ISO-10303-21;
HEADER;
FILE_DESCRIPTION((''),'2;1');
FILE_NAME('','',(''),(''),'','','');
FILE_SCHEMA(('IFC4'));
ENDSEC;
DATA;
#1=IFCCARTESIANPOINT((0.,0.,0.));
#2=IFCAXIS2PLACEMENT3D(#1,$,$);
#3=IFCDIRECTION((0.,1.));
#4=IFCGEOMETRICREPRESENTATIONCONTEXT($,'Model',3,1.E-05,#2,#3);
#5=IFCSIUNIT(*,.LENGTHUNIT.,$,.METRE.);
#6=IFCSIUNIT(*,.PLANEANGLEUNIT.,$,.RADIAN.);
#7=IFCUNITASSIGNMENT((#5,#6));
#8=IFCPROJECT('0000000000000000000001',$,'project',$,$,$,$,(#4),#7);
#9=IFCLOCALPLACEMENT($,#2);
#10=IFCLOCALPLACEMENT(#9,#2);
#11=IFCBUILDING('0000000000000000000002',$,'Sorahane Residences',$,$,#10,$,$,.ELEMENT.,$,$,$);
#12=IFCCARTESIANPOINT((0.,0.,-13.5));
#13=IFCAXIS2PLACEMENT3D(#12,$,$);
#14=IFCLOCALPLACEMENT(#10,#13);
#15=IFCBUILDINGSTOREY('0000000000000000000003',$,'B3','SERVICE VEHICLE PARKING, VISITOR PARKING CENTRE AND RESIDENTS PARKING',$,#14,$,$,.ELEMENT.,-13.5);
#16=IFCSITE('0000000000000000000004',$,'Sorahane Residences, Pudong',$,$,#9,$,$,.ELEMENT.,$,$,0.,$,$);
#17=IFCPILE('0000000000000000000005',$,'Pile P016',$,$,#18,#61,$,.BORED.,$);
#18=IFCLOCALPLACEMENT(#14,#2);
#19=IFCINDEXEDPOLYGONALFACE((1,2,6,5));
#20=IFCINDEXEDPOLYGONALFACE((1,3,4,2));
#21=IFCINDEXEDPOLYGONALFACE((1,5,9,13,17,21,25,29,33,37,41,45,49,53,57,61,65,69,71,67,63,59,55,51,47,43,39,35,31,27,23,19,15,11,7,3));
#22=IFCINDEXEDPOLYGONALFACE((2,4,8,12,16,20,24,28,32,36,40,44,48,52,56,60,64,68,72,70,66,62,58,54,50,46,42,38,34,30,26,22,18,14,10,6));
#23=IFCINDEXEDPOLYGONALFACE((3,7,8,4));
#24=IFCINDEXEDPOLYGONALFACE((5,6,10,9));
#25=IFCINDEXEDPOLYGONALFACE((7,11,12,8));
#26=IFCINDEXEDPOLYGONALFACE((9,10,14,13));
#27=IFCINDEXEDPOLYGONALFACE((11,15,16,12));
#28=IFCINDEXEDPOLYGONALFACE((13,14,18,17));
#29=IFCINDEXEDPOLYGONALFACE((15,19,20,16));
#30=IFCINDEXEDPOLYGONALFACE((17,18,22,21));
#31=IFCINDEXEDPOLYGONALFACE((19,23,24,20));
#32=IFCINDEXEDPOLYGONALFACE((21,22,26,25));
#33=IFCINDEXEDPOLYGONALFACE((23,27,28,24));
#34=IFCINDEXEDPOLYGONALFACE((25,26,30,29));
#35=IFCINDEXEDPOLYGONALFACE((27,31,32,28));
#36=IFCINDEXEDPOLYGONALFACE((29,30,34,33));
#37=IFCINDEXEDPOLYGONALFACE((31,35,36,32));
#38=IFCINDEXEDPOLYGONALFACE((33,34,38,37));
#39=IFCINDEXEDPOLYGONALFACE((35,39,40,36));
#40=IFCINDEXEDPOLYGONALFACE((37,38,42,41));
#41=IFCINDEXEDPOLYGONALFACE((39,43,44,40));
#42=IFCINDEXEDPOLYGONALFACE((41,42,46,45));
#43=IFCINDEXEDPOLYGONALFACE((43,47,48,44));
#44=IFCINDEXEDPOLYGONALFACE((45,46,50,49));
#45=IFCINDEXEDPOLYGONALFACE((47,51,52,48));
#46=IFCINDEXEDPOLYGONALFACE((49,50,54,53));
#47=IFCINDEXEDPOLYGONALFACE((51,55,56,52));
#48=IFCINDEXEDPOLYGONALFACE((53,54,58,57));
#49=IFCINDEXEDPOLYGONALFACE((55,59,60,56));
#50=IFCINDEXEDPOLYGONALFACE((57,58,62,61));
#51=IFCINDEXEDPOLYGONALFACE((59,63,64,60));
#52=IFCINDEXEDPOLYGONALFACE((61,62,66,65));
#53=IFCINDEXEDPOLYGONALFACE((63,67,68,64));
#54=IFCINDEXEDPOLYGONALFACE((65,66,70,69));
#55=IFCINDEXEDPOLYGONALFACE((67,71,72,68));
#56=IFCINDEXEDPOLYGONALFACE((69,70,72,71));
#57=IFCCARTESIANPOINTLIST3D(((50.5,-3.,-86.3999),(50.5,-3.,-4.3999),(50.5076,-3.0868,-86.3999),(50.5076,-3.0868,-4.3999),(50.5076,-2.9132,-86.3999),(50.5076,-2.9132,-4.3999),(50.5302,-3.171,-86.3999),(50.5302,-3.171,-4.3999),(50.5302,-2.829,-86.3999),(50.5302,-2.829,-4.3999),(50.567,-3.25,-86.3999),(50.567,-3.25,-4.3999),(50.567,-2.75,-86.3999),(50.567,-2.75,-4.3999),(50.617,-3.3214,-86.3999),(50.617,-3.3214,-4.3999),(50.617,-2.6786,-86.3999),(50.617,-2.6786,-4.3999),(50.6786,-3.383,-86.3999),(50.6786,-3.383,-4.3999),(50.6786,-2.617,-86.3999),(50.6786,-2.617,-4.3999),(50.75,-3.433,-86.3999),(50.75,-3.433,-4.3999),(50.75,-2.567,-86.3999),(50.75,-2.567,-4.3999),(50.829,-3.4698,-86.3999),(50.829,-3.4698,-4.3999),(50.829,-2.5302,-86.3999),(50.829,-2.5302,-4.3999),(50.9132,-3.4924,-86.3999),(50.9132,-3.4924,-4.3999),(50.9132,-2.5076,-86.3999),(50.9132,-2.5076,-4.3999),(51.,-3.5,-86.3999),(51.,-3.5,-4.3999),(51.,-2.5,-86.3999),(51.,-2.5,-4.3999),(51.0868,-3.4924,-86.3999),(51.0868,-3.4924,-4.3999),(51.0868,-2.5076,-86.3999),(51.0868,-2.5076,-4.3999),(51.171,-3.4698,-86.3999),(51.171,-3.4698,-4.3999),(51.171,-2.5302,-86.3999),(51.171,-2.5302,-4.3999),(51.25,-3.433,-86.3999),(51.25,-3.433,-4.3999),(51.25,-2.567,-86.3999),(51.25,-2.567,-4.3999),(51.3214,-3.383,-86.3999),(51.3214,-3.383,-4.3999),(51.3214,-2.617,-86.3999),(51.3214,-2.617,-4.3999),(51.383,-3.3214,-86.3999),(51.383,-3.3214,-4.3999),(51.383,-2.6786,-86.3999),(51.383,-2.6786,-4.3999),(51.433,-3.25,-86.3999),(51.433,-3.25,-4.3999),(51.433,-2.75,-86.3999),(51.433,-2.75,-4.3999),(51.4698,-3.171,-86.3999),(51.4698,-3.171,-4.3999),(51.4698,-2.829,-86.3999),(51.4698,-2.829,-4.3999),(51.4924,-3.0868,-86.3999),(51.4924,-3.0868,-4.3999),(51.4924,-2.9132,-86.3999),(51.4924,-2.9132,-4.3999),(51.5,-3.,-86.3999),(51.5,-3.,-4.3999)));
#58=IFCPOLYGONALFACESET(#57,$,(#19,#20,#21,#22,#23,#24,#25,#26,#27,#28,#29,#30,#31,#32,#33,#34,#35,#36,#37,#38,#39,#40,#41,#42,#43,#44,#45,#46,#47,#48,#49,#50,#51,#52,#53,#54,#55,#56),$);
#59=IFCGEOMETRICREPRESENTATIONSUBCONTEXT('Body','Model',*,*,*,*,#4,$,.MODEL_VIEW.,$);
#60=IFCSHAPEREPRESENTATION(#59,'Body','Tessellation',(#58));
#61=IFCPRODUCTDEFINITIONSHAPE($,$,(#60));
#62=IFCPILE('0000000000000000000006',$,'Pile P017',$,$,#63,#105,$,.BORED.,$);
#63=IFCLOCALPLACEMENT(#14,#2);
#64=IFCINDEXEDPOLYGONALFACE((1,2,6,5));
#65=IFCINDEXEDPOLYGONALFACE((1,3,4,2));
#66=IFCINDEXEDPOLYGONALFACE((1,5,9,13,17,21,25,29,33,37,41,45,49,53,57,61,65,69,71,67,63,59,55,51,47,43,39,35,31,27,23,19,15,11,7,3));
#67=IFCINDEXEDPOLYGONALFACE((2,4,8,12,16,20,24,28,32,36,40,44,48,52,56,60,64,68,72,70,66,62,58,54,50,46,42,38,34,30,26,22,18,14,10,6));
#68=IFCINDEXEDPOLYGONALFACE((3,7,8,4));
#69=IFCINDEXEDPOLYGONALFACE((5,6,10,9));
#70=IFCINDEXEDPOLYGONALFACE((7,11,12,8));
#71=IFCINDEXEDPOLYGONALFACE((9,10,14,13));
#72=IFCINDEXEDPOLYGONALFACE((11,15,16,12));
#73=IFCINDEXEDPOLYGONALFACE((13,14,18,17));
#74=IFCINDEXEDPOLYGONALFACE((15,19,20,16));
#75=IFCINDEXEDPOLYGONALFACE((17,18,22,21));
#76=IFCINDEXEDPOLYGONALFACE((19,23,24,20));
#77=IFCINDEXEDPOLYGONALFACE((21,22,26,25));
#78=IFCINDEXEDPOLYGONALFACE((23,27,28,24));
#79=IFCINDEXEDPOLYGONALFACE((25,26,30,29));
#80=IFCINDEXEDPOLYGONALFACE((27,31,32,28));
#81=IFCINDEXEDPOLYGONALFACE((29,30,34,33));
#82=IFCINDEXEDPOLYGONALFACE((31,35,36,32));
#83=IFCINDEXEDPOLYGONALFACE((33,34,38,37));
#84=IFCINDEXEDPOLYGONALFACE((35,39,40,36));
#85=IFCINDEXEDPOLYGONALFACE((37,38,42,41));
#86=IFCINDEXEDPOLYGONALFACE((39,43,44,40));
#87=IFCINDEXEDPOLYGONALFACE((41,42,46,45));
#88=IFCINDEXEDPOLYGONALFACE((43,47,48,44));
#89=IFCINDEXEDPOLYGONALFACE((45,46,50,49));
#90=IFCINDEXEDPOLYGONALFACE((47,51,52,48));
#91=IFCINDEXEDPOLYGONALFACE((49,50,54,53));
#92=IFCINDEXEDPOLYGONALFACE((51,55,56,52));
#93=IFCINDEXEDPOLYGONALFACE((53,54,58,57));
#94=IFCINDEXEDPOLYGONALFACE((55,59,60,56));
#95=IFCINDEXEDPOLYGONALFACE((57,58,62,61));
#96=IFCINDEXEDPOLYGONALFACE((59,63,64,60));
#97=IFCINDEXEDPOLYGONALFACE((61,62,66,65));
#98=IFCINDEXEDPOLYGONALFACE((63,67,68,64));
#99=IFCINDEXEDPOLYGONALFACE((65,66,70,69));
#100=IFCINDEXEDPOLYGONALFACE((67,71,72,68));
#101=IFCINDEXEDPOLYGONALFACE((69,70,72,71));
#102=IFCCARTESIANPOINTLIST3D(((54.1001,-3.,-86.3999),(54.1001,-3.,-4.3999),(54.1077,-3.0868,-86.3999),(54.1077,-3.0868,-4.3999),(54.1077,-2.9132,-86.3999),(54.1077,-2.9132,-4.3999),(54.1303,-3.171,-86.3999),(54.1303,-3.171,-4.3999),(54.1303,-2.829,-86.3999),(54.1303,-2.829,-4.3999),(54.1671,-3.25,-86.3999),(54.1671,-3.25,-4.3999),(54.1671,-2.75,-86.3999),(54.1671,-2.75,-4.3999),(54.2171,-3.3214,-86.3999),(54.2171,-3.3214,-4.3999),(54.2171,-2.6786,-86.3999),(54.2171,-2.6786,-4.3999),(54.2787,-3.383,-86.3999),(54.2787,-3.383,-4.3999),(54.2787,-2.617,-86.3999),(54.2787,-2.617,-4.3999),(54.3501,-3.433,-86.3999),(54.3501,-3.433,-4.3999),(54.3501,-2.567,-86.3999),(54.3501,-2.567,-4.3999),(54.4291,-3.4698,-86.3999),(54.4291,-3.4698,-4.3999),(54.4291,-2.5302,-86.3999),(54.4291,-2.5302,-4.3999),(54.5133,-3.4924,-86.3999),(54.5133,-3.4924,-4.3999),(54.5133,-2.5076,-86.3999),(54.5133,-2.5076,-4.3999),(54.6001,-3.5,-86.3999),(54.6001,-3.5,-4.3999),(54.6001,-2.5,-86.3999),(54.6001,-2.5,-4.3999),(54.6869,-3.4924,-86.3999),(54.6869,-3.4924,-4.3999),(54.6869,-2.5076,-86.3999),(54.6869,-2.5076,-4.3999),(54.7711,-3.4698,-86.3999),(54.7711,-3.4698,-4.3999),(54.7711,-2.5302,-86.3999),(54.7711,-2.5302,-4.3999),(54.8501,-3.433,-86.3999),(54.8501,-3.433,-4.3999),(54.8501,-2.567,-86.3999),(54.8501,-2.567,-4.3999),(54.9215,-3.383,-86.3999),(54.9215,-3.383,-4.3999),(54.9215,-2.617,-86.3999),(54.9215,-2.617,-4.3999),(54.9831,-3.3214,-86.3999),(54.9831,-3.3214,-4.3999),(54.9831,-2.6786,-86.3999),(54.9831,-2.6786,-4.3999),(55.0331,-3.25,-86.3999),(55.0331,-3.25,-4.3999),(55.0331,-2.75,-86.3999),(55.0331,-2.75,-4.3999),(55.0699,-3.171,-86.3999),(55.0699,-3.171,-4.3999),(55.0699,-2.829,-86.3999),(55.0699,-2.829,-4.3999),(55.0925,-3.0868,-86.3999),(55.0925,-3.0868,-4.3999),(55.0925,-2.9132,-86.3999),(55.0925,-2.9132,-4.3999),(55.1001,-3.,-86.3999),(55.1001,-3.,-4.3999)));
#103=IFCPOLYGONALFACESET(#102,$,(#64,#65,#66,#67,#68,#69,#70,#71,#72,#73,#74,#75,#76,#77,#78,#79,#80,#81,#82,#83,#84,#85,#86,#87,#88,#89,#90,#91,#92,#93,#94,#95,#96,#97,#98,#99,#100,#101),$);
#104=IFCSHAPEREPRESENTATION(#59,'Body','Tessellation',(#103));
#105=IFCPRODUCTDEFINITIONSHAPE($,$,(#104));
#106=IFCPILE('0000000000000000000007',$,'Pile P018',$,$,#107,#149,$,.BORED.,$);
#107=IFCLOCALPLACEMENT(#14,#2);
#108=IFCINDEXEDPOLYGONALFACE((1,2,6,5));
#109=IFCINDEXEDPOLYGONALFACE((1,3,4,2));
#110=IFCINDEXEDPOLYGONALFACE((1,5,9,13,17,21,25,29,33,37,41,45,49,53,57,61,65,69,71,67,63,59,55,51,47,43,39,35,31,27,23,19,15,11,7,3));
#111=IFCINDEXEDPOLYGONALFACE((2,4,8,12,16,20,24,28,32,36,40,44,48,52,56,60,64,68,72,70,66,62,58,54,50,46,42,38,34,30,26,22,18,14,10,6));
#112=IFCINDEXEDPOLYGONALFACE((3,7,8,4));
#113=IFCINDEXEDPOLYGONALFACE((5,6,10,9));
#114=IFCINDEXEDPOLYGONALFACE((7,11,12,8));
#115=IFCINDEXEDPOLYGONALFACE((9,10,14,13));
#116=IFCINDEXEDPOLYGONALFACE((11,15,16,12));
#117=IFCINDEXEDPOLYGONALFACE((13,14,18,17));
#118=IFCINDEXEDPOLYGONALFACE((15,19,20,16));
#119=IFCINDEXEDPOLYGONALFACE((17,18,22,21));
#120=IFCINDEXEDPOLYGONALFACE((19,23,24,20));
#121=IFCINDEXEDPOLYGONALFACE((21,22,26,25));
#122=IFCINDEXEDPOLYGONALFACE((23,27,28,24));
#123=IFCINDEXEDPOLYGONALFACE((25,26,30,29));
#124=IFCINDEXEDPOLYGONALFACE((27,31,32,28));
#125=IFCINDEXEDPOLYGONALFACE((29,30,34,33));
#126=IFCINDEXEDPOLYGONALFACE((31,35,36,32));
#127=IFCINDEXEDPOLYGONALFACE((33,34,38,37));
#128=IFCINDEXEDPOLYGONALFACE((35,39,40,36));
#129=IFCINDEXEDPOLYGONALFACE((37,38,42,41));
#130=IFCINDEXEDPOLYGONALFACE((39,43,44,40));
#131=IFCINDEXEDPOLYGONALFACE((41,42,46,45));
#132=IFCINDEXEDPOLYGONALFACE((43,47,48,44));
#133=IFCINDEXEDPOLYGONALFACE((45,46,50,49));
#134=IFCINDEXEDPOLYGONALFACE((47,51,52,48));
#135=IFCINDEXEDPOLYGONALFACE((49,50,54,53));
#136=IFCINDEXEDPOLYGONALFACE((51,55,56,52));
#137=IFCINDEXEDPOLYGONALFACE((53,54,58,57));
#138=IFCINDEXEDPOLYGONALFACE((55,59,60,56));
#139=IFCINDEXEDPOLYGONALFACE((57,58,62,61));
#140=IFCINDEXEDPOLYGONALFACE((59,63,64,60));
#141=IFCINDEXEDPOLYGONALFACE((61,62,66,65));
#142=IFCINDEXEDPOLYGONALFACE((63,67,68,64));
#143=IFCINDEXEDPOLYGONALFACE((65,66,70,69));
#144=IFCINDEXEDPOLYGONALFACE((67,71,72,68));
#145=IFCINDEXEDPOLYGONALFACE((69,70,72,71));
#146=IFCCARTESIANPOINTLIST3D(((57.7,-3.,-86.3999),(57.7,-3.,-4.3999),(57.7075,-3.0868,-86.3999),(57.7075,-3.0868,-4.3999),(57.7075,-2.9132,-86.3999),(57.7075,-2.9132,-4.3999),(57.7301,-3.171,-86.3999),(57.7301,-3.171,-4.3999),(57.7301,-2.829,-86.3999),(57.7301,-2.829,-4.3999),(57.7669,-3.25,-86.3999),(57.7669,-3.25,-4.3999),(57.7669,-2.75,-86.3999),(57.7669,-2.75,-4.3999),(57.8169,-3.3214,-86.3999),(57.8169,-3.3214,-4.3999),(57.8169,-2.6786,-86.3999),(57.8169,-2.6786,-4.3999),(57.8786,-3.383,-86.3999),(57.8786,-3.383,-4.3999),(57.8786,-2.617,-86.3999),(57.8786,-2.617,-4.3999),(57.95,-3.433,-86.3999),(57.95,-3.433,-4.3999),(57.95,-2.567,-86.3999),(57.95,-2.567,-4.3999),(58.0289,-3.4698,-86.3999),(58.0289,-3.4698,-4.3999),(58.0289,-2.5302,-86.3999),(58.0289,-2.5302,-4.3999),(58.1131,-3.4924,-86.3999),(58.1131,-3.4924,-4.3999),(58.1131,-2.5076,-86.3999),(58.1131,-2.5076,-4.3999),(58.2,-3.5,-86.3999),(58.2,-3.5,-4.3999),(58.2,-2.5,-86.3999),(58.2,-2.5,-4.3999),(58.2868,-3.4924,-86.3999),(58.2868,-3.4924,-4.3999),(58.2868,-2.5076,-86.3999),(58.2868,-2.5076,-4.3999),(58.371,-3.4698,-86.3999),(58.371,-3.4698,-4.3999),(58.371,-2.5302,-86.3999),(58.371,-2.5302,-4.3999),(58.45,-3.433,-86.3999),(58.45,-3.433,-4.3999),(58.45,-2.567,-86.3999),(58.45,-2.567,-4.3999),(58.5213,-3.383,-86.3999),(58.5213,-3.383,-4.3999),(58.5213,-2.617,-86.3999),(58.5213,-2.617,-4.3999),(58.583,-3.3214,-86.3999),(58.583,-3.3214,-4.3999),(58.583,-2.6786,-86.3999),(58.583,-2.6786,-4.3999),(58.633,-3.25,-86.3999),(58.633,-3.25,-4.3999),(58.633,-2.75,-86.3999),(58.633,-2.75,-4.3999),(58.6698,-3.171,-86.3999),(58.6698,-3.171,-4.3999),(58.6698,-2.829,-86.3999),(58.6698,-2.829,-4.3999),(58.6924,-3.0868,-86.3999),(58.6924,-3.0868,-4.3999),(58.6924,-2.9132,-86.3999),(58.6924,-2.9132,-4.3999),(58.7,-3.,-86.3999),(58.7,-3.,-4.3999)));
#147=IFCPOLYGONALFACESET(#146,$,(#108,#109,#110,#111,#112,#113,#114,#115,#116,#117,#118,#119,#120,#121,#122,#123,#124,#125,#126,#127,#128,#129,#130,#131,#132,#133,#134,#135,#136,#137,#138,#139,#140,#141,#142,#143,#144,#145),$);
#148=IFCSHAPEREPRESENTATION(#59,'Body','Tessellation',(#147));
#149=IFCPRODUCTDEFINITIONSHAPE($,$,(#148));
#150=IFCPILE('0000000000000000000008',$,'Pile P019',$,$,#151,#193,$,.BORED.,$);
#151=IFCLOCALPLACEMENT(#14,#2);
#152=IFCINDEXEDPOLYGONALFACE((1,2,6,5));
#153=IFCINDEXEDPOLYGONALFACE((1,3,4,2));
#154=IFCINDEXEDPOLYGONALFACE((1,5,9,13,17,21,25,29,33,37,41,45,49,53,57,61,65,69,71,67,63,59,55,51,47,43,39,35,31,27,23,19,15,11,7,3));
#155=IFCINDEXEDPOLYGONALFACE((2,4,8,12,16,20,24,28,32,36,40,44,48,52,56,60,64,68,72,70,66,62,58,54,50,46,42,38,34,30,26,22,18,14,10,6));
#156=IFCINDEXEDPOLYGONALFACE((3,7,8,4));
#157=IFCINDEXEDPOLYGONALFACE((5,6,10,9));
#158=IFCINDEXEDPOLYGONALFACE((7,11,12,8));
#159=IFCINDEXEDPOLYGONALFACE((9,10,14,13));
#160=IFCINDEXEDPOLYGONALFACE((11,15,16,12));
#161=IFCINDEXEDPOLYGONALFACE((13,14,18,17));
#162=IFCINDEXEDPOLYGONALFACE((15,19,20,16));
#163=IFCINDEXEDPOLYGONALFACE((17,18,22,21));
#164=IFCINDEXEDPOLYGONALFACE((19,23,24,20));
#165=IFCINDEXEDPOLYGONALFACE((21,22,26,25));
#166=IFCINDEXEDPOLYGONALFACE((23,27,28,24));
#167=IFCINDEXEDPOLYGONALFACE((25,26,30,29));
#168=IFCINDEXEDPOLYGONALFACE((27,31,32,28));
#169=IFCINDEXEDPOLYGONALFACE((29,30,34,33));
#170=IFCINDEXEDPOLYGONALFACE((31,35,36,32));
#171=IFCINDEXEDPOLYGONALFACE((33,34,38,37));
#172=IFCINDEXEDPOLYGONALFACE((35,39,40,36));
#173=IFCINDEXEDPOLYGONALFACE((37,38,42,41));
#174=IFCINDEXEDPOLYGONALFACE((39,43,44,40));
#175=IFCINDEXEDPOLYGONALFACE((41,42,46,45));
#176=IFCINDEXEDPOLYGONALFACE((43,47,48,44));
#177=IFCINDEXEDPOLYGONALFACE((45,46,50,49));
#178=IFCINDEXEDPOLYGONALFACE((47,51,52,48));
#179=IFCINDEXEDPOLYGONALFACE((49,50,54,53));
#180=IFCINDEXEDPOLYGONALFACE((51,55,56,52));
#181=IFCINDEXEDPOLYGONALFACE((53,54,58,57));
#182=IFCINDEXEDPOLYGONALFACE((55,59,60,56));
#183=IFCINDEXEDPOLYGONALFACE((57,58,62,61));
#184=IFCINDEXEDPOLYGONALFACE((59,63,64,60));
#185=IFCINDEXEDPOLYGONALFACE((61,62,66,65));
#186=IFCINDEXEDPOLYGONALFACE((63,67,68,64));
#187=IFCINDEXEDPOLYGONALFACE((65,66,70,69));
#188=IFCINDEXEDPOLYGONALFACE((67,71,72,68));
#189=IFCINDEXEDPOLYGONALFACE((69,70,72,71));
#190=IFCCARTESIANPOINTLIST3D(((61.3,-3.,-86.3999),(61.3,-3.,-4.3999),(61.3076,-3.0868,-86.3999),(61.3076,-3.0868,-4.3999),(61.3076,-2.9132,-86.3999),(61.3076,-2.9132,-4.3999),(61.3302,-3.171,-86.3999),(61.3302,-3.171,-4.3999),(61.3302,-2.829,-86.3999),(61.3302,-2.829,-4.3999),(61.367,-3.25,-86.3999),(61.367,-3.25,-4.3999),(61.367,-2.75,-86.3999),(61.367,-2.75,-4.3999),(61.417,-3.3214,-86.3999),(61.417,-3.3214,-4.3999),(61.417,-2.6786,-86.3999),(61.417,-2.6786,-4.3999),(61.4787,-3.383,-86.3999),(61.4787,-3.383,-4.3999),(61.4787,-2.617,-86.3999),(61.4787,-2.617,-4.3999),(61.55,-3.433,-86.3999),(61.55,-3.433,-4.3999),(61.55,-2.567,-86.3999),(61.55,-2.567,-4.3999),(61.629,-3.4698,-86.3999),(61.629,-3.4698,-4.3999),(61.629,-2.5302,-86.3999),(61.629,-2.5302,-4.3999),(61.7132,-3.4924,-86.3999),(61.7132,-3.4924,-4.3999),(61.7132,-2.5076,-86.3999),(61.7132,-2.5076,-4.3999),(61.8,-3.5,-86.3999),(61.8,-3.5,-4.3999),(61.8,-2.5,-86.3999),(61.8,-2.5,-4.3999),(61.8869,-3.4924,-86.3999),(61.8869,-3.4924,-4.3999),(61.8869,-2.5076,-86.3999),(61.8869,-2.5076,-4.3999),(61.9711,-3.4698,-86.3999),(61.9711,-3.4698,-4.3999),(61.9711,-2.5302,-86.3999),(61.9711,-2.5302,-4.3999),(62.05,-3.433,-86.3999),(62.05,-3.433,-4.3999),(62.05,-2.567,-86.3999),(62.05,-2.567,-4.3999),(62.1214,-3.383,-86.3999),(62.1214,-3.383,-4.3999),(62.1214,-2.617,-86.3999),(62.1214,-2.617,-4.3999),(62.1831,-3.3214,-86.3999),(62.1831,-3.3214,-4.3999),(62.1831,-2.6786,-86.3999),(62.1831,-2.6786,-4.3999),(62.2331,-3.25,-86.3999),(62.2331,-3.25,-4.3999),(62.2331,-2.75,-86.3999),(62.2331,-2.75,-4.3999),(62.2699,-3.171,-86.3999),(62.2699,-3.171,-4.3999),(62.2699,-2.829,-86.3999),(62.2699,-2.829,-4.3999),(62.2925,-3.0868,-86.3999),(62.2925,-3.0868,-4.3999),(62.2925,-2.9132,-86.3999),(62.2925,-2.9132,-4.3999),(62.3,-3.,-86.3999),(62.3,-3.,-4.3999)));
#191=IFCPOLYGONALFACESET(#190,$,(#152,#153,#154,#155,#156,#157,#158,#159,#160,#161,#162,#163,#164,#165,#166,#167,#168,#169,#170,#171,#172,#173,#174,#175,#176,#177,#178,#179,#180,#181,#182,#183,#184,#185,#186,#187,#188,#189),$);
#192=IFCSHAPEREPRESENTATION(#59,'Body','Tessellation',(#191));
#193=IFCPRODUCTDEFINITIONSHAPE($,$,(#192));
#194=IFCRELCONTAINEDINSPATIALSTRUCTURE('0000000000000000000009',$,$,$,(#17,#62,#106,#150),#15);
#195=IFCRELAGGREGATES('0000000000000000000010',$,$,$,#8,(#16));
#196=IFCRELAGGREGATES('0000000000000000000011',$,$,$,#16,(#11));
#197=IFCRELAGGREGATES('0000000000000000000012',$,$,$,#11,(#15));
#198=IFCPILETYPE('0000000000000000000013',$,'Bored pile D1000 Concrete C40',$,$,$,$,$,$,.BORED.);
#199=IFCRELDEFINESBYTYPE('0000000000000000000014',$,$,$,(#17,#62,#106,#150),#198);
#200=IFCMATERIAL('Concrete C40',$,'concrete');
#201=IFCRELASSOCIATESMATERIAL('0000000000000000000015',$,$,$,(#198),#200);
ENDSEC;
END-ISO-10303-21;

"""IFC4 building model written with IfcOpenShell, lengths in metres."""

from ifc_helpers import new_model, si_unit, direction, frame, origin, origin_2d, place, context, subcontext, project, spatial, circle, extrude, material, material_profile, profile_set, type_object, element, save


model = new_model("IFC4")

# Units and contexts
model_context = context("Model", 3, precision=1e-05, world=origin(), true_north=direction((0.0, 1.0)))
body_context = subcontext(model_context, "Body", "Model", "MODEL_VIEW")
ifc_project = project(units=[si_unit("LENGTHUNIT", "METRE"), si_unit("PLANEANGLEUNIT", "RADIAN")], contexts=[model_context])

# Site, building, storey
site_placement = place(None, origin())
site = spatial("IfcSite", under=ifc_project, at=site_placement, Name="Sorahane Residences, Pudong", CompositionType="ELEMENT", RefElevation=0.0)
building_placement = place(site_placement, origin())
building = spatial("IfcBuilding", under=site, at=building_placement, Name="Sorahane Residences", CompositionType="ELEMENT")
storey_placement = place(building_placement, frame((0.0, 0.0, -13.5)))
storey = spatial("IfcBuildingStorey", under=building, at=storey_placement, Name="B3", Description="SERVICE VEHICLE PARKING, VISITOR PARKING CENTRE AND RESIDENTS PARKING", CompositionType="ELEMENT", Elevation=-13.5)

# Piles
ifc_material_1 = material(Name="Concrete C40", Category="concrete")
ifc_material_profile_1 = material_profile(ifc_material_1, circle(Radius=0.5, at=origin_2d()), Name="D1000")
ifc_profile_set_1 = profile_set([ifc_material_profile_1], Name="Concrete C40")
pile_type = type_object("IfcPileType", Name="Bored pile D1000 Concrete C40", PredefinedType="BORED", material=ifc_profile_set_1)
for number, where, z_axis, x_axis, name in (
    (1, (51.0, -3.0, -4.3999), (0.0, 0.0, -1.0), (1.0, 0.0, 0.0), "Pile P016"),
    (2, (54.6001, -3.0, -4.3999), (0.0, 0.0, -1.0), (1.0, 0.0, 0.0), "Pile P017"),
    (3, (58.2, -3.0, -4.3999), (0.0, 0.0, -1.0), (1.0, 0.0, 0.0), "Pile P018"),
    (4, (61.8, -3.0, -4.3999), (0.0, 0.0, -1.0), (1.0, 0.0, 0.0), "Pile P019"),
):
    element("IfcPile", number, at=place(storey_placement, frame(where, z_axis=z_axis, x_axis=x_axis)), inside=storey, type_object=pile_type, Name=name, PredefinedType="BORED", context=body_context, shape_type="SweptSolid", body=[
        extrude(circle(Radius=0.5, at=origin_2d()), origin(), (0.0, 0.0, 1.0), 82.0),
    ])

save(model, "model.ifc")
